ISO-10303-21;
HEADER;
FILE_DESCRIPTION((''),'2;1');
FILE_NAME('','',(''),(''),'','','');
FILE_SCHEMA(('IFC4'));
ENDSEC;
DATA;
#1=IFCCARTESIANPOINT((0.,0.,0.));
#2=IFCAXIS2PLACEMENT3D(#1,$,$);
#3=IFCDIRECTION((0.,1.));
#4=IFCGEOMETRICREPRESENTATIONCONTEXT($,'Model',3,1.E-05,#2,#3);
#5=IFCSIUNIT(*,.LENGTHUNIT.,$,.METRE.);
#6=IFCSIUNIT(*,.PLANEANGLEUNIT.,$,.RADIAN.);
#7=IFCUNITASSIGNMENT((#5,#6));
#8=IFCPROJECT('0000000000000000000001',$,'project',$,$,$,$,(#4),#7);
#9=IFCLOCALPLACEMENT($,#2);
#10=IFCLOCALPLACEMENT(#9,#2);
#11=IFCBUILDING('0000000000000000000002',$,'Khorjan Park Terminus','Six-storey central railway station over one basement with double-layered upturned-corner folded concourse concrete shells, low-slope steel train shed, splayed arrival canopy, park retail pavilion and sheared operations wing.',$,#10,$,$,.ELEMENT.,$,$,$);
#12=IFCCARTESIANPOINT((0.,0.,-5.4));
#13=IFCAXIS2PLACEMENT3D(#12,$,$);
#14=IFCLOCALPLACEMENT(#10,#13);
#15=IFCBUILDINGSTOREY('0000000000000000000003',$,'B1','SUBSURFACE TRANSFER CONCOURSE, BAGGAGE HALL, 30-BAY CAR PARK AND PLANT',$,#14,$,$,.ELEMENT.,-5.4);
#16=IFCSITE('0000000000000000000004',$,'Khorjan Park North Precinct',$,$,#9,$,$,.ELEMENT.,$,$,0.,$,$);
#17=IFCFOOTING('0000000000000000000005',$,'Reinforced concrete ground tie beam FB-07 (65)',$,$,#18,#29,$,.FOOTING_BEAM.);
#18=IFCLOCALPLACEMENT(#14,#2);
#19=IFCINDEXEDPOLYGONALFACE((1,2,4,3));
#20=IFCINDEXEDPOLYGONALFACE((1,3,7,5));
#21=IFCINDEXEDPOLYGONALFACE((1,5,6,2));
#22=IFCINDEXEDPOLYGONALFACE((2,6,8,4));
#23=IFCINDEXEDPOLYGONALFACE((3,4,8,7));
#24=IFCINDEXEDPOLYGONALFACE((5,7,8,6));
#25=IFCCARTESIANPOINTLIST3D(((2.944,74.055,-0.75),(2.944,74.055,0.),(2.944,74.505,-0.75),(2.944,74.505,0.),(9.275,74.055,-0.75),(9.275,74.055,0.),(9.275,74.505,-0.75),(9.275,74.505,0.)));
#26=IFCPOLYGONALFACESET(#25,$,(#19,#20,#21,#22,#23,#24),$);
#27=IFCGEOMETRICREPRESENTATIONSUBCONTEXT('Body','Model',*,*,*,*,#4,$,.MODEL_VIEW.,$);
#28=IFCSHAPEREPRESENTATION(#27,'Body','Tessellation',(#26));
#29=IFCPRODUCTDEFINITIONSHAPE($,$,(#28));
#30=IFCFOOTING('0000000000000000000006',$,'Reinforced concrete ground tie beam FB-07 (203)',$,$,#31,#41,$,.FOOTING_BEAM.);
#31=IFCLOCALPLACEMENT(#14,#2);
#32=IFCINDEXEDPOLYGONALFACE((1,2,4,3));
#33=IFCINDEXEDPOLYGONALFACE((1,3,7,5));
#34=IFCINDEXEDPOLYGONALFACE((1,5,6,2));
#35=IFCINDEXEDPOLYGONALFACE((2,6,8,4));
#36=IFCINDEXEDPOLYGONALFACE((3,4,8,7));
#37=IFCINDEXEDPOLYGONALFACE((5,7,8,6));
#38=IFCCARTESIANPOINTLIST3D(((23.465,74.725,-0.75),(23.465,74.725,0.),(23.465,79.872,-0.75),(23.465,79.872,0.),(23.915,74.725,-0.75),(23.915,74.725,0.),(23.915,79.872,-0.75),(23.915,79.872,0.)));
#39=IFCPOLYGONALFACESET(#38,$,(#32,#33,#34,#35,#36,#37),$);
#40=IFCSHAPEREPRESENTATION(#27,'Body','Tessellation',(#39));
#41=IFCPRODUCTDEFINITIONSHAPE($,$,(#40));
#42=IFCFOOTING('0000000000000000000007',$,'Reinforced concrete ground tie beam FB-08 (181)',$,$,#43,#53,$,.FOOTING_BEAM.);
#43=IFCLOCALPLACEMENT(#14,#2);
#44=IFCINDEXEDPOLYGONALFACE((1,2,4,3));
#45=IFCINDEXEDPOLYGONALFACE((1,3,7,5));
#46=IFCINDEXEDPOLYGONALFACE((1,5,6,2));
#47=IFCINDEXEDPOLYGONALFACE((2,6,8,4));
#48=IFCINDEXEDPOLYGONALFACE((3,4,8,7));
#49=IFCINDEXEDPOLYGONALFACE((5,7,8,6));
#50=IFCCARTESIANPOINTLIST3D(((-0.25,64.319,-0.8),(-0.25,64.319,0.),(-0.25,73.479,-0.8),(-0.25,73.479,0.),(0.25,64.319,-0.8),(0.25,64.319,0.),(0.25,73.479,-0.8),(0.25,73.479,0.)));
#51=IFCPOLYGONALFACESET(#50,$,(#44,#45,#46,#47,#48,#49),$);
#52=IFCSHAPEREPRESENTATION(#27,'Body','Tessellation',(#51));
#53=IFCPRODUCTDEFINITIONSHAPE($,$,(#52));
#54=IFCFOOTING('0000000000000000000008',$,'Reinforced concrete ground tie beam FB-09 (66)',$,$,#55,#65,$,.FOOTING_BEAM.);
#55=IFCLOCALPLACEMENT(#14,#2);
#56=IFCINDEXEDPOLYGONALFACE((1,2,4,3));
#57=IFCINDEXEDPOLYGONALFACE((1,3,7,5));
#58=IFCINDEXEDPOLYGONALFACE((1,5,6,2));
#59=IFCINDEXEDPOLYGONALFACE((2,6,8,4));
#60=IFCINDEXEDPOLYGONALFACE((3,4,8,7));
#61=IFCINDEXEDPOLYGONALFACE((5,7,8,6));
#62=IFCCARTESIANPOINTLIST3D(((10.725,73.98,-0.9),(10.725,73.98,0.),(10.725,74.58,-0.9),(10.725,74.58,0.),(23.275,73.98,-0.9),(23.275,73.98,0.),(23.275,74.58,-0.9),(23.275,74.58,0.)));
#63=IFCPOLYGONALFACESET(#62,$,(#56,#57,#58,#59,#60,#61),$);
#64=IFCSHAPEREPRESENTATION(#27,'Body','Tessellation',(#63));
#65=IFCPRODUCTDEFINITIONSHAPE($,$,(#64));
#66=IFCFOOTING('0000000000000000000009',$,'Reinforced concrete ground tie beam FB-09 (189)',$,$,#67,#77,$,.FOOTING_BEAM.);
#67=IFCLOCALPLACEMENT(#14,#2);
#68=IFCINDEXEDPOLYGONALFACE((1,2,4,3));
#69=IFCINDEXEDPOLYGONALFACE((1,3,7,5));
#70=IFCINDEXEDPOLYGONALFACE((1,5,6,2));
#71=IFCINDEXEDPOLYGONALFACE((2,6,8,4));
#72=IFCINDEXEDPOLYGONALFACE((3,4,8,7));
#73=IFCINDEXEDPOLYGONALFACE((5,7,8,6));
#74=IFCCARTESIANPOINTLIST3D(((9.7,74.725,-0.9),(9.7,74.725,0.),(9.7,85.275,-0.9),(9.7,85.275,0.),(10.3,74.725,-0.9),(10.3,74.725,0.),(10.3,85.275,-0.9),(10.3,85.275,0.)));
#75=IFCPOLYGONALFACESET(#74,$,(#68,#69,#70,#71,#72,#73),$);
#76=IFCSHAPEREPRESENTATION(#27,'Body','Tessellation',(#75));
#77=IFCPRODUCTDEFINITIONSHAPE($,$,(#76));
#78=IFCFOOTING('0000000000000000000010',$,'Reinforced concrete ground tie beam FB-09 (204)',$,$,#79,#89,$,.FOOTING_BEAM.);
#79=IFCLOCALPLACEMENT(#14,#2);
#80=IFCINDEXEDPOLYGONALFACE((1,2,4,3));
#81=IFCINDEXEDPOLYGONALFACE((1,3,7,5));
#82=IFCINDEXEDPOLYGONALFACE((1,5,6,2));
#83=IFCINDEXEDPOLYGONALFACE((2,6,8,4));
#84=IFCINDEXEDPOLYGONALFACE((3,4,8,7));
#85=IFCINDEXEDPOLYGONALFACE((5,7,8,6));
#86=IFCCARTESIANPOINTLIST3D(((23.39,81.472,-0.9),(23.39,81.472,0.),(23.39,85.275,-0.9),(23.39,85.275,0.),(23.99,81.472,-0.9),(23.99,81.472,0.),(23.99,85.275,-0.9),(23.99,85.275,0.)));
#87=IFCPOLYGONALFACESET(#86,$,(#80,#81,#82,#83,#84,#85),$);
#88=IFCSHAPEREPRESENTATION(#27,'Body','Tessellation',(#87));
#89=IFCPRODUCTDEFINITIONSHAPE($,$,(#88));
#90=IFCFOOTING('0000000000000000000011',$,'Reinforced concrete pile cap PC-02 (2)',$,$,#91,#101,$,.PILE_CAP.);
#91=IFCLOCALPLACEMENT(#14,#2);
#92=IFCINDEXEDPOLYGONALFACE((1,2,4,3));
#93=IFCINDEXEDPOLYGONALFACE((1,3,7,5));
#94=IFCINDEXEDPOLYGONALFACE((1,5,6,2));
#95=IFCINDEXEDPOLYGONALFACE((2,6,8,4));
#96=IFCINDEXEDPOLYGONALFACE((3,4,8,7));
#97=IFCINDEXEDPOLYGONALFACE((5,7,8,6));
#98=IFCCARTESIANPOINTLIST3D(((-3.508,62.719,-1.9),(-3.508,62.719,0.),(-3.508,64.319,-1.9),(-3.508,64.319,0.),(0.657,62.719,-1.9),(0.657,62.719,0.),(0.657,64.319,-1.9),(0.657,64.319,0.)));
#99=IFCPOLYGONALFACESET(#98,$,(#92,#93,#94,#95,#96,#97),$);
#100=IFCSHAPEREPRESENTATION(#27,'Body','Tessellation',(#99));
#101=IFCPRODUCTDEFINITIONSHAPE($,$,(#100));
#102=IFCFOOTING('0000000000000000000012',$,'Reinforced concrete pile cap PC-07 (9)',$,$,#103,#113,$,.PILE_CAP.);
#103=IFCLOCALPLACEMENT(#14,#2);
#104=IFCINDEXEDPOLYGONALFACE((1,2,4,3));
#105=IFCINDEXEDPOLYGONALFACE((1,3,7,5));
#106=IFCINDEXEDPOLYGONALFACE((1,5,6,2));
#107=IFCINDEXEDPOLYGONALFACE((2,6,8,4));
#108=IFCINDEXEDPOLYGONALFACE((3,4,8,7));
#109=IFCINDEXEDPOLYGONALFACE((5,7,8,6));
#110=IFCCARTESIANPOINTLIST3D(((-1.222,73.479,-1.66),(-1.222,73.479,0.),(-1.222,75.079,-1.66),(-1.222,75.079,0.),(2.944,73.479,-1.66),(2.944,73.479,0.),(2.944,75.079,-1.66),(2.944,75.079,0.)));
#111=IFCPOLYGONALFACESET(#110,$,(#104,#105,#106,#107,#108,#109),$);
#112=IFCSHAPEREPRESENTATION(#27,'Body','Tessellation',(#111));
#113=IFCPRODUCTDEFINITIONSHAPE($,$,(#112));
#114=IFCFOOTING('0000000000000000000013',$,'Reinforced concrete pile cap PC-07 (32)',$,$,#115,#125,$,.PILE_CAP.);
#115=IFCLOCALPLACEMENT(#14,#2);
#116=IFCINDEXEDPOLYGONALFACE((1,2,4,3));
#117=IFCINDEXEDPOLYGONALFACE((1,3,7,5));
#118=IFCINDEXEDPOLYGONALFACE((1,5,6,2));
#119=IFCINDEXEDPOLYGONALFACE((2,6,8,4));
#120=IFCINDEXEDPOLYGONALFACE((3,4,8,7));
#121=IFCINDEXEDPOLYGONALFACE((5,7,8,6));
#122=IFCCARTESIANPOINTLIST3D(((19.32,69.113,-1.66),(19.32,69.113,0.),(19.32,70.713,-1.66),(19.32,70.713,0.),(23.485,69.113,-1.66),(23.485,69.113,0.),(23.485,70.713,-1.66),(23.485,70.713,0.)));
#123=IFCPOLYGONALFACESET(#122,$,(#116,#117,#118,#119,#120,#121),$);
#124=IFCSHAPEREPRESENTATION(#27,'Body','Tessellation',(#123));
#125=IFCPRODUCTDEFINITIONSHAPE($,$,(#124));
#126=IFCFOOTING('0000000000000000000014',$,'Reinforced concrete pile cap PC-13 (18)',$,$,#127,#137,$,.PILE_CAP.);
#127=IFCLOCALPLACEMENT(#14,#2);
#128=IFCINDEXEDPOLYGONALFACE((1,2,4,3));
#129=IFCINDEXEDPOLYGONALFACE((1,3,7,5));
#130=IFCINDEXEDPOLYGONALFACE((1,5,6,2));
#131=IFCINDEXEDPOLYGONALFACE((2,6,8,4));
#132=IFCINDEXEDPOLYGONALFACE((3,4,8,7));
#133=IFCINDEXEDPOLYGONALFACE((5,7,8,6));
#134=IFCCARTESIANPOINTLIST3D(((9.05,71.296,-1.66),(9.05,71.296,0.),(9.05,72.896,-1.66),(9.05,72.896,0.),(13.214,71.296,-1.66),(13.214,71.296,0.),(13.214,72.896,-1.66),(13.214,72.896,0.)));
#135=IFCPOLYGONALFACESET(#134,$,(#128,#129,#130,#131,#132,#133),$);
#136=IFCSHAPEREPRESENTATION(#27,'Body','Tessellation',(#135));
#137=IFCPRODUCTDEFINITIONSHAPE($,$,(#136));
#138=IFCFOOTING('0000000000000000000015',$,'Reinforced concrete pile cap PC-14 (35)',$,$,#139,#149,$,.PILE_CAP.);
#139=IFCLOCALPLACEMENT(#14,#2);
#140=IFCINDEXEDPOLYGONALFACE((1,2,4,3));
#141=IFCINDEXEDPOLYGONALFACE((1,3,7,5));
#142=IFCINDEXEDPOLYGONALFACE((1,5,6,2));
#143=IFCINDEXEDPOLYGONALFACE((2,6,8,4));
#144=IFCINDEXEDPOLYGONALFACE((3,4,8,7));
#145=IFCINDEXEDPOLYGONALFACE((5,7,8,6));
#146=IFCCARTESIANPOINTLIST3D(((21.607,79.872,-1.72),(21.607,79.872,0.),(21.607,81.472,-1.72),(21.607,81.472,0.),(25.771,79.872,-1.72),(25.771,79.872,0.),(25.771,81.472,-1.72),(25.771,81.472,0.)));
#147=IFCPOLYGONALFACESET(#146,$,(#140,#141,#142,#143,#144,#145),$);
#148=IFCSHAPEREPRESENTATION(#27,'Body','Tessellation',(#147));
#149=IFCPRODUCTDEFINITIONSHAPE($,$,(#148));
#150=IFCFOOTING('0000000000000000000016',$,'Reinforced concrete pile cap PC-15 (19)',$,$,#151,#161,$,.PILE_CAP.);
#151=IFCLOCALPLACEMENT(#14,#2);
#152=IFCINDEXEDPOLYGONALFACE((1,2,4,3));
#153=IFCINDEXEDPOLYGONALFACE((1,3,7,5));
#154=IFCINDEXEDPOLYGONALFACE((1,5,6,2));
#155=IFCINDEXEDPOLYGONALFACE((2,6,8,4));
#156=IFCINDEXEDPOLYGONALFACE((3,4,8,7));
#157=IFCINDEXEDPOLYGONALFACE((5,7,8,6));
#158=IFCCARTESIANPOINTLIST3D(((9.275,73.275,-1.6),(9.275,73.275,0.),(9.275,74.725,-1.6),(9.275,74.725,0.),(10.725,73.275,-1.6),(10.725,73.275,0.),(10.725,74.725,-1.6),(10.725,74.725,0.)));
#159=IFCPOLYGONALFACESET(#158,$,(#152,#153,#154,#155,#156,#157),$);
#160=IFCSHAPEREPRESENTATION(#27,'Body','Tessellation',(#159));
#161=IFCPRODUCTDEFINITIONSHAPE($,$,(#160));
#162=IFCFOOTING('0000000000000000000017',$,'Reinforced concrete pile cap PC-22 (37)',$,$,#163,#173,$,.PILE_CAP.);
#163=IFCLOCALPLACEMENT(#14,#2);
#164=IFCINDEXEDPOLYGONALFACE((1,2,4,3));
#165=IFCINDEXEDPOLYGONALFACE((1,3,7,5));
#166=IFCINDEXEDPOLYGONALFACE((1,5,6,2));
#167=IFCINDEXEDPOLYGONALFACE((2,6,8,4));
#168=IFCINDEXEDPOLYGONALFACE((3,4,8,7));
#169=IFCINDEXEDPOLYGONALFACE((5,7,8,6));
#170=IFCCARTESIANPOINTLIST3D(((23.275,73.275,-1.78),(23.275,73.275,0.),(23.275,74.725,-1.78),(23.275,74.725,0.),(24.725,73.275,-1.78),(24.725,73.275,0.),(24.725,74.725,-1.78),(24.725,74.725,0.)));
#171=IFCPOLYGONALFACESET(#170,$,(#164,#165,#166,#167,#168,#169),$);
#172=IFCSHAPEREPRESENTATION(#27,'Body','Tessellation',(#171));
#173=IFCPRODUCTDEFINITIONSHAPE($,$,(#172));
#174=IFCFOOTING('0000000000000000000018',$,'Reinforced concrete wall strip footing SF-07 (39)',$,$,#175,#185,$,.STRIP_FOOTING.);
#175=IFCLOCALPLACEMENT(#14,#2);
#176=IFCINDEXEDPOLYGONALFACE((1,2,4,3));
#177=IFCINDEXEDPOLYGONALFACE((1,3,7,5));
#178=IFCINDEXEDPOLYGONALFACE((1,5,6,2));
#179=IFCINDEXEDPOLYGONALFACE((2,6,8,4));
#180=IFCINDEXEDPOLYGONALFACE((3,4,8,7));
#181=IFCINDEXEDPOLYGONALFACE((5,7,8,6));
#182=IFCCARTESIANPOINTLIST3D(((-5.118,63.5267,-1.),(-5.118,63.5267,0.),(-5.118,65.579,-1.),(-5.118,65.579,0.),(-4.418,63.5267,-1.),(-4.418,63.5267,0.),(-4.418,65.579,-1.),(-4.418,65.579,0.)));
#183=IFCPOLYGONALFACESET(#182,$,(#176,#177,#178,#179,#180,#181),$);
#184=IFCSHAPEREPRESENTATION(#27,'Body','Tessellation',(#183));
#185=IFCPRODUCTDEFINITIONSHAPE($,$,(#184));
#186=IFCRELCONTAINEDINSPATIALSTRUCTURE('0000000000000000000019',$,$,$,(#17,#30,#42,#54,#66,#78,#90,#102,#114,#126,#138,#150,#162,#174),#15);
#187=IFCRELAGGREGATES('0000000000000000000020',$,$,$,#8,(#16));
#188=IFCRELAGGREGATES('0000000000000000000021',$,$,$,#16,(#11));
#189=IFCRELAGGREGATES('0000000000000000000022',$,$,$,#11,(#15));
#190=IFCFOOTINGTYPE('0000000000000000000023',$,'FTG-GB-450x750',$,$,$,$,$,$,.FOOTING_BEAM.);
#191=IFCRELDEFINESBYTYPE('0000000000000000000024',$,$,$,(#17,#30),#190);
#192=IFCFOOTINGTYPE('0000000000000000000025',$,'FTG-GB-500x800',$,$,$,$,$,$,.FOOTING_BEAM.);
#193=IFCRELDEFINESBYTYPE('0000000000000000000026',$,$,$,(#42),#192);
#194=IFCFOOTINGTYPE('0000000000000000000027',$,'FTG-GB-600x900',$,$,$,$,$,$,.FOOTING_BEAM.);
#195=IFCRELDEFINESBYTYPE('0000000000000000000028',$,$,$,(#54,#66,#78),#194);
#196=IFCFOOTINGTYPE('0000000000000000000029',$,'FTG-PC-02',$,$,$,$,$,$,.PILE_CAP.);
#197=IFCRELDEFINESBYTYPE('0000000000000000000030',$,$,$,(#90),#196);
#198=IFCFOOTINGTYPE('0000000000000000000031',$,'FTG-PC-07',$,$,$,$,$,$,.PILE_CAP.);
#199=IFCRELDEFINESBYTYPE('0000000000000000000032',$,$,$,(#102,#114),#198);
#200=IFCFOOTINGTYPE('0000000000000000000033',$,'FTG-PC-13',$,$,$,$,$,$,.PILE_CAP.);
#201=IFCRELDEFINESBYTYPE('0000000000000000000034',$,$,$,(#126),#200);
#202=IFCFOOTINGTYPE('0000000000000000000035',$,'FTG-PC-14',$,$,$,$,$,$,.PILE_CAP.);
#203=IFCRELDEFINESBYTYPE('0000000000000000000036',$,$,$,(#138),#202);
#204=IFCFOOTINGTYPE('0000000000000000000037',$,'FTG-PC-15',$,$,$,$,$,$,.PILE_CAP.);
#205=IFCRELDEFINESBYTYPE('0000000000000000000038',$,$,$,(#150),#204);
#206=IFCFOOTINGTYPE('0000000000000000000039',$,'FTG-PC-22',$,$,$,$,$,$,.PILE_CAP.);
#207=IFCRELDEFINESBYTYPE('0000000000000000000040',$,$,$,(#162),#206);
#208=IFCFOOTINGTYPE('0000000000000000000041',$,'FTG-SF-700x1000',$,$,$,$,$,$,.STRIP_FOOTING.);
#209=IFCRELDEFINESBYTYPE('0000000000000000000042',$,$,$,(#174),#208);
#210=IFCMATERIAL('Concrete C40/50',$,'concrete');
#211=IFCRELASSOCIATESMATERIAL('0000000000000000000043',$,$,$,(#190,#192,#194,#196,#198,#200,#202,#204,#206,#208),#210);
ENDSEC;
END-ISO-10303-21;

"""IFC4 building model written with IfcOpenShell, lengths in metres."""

from ifc_helpers import new_model, si_unit, direction, frame, origin, origin_2d, place, context, subcontext, project, spatial, rectangle, extrude, material, material_profile, profile_set, type_object, element, save


model = new_model("IFC4")

# Units and contexts
model_context = context("Model", 3, precision=1e-05, world=origin(), true_north=direction((0.0, 1.0)))
body_context = subcontext(model_context, "Body", "Model", "MODEL_VIEW")
ifc_project = project(units=[si_unit("LENGTHUNIT", "METRE"), si_unit("PLANEANGLEUNIT", "RADIAN")], contexts=[model_context])

# Site, building, storey
site_placement = place(None, origin())
site = spatial("IfcSite", under=ifc_project, at=site_placement, Name="Khorjan Park North Precinct", CompositionType="ELEMENT", RefElevation=0.0)
building_placement = place(site_placement, origin())
building = spatial("IfcBuilding", under=site, at=building_placement, Name="Khorjan Park Terminus", Description="Six-storey central railway station over one basement with double-layered upturned-corner folded concourse concrete shells, low-slope steel train shed, splayed arrival canopy, park retail pavilion and sheared operations wing.", CompositionType="ELEMENT")
storey_placement = place(building_placement, frame((0.0, 0.0, -5.4)))
storey = spatial("IfcBuildingStorey", under=building, at=storey_placement, Name="B1", Description="SUBSURFACE TRANSFER CONCOURSE, BAGGAGE HALL, 30-BAY CAR PARK AND PLANT", CompositionType="ELEMENT", Elevation=-5.4)

# Footings
ifc_material_1 = material(Name="Concrete C40/50", Category="concrete")
ifc_material_profile_1 = material_profile(ifc_material_1, rectangle(XDim=0.45, YDim=0.75, at=origin_2d()), Name="RC 450x750")
ifc_profile_set_1 = profile_set([ifc_material_profile_1], Name="Concrete C40/50")
footing_type_1 = type_object("IfcFootingType", Name="FTG-GB-450x750", PredefinedType="FOOTING_BEAM", material=ifc_profile_set_1)
footing_1_placement = place(storey_placement, frame((2.944, 74.28, -0.375), z_axis=(1.0, 0.0, 0.0), x_axis=(0.0, 1.0, 0.0)))
element("IfcFooting", 1, at=footing_1_placement, inside=storey, type_object=footing_type_1, Name="Reinforced concrete ground tie beam FB-07 (65)", PredefinedType="FOOTING_BEAM", context=body_context, shape_type="SweptSolid", body=[
    extrude(rectangle(XDim=0.45, YDim=0.75, at=origin_2d()), origin(), (0.0, 0.0, 1.0), 6.331),
])
footing_2_placement = place(storey_placement, frame((23.69, 74.725, -0.375), z_axis=(0.0, 1.0, 0.0), x_axis=(-1.0, 0.0, 0.0)))
element("IfcFooting", 2, at=footing_2_placement, inside=storey, type_object=footing_type_1, Name="Reinforced concrete ground tie beam FB-07 (203)", PredefinedType="FOOTING_BEAM", context=body_context, shape_type="SweptSolid", body=[
    extrude(rectangle(XDim=0.45, YDim=0.75, at=origin_2d()), origin(), (0.0, 0.0, 1.0), 5.147),
])
ifc_material_profile_2 = material_profile(ifc_material_1, rectangle(XDim=0.5, YDim=0.8, at=origin_2d()), Name="RC 500x800")
ifc_profile_set_2 = profile_set([ifc_material_profile_2], Name="Concrete C40/50")
footing_type_2 = type_object("IfcFootingType", Name="FTG-GB-500x800", PredefinedType="FOOTING_BEAM", material=ifc_profile_set_2)
footing_3_placement = place(storey_placement, frame((0.0, 64.319, -0.4), z_axis=(0.0, 1.0, 0.0), x_axis=(-1.0, 0.0, 0.0)))
element("IfcFooting", 3, at=footing_3_placement, inside=storey, type_object=footing_type_2, Name="Reinforced concrete ground tie beam FB-08 (181)", PredefinedType="FOOTING_BEAM", context=body_context, shape_type="SweptSolid", body=[
    extrude(rectangle(XDim=0.5, YDim=0.8, at=origin_2d()), origin(), (0.0, 0.0, 1.0), 9.16),
])
ifc_material_profile_3 = material_profile(ifc_material_1, rectangle(XDim=0.6, YDim=0.9, at=origin_2d()), Name="RC 600x900")
ifc_profile_set_3 = profile_set([ifc_material_profile_3], Name="Concrete C40/50")
footing_type_3 = type_object("IfcFootingType", Name="FTG-GB-600x900", PredefinedType="FOOTING_BEAM", material=ifc_profile_set_3)
footing_4_placement = place(storey_placement, frame((10.725, 74.28, -0.45), z_axis=(1.0, 0.0, 0.0), x_axis=(0.0, 1.0, 0.0)))
element("IfcFooting", 4, at=footing_4_placement, inside=storey, type_object=footing_type_3, Name="Reinforced concrete ground tie beam FB-09 (66)", PredefinedType="FOOTING_BEAM", context=body_context, shape_type="SweptSolid", body=[
    extrude(rectangle(XDim=0.6, YDim=0.9, at=origin_2d()), origin(), (0.0, 0.0, 1.0), 12.55),
])
footing_5_placement = place(storey_placement, frame((10.0, 74.725, -0.45), z_axis=(0.0, 1.0, 0.0), x_axis=(-1.0, 0.0, 0.0)))
element("IfcFooting", 5, at=footing_5_placement, inside=storey, type_object=footing_type_3, Name="Reinforced concrete ground tie beam FB-09 (189)", PredefinedType="FOOTING_BEAM", context=body_context, shape_type="SweptSolid", body=[
    extrude(rectangle(XDim=0.6, YDim=0.9, at=origin_2d()), origin(), (0.0, 0.0, 1.0), 10.55),
])
footing_6_placement = place(storey_placement, frame((23.69, 81.472, -0.45), z_axis=(0.0, 1.0, 0.0), x_axis=(-1.0, 0.0, 0.0)))
element("IfcFooting", 6, at=footing_6_placement, inside=storey, type_object=footing_type_3, Name="Reinforced concrete ground tie beam FB-09 (204)", PredefinedType="FOOTING_BEAM", context=body_context, shape_type="SweptSolid", body=[
    extrude(rectangle(XDim=0.6, YDim=0.9, at=origin_2d()), origin(), (0.0, 0.0, 1.0), 3.803),
])
footing_type_4 = type_object("IfcFootingType", Name="FTG-PC-02", PredefinedType="PILE_CAP", material=ifc_material_1)
footing_7_placement = place(storey_placement, frame((-1.4255, 63.519, -1.9), z_axis=(0.0, 0.0, 1.0), x_axis=(1.0, 0.0, 0.0)))
element("IfcFooting", 7, at=footing_7_placement, inside=storey, type_object=footing_type_4, Name="Reinforced concrete pile cap PC-02 (2)", PredefinedType="PILE_CAP", context=body_context, shape_type="SweptSolid", body=[
    extrude(rectangle(XDim=4.165, YDim=1.6, at=origin_2d()), origin(), (0.0, 0.0, 1.0), 1.9),
])
footing_type_5 = type_object("IfcFootingType", Name="FTG-PC-07", PredefinedType="PILE_CAP", material=ifc_material_1)
footing_8_placement = place(storey_placement, frame((0.861, 74.279, -1.66), z_axis=(0.0, 0.0, 1.0), x_axis=(1.0, 0.0, 0.0)))
element("IfcFooting", 8, at=footing_8_placement, inside=storey, type_object=footing_type_5, Name="Reinforced concrete pile cap PC-07 (9)", PredefinedType="PILE_CAP", context=body_context, shape_type="SweptSolid", body=[
    extrude(rectangle(XDim=4.166, YDim=1.6, at=origin_2d()), origin(), (0.0, 0.0, 1.0), 1.66),
])
footing_9_placement = place(storey_placement, frame((21.4025, 69.913, -1.66), z_axis=(0.0, 0.0, 1.0), x_axis=(1.0, 0.0, 0.0)))
element("IfcFooting", 9, at=footing_9_placement, inside=storey, type_object=footing_type_5, Name="Reinforced concrete pile cap PC-07 (32)", PredefinedType="PILE_CAP", context=body_context, shape_type="SweptSolid", body=[
    extrude(rectangle(XDim=4.165, YDim=1.6, at=origin_2d()), origin(), (0.0, 0.0, 1.0), 1.66),
])
footing_type_6 = type_object("IfcFootingType", Name="FTG-PC-13", PredefinedType="PILE_CAP", material=ifc_material_1)
footing_10_placement = place(storey_placement, frame((11.132, 72.096, -1.66), z_axis=(0.0, 0.0, 1.0), x_axis=(1.0, 0.0, 0.0)))
element("IfcFooting", 10, at=footing_10_placement, inside=storey, type_object=footing_type_6, Name="Reinforced concrete pile cap PC-13 (18)", PredefinedType="PILE_CAP", context=body_context, shape_type="SweptSolid", body=[
    extrude(rectangle(XDim=4.164, YDim=1.6, at=origin_2d()), origin(), (0.0, 0.0, 1.0), 1.66),
])
footing_type_7 = type_object("IfcFootingType", Name="FTG-PC-14", PredefinedType="PILE_CAP", material=ifc_material_1)
footing_11_placement = place(storey_placement, frame((23.689, 80.672, -1.72), z_axis=(0.0, 0.0, 1.0), x_axis=(1.0, 0.0, 0.0)))
element("IfcFooting", 11, at=footing_11_placement, inside=storey, type_object=footing_type_7, Name="Reinforced concrete pile cap PC-14 (35)", PredefinedType="PILE_CAP", context=body_context, shape_type="SweptSolid", body=[
    extrude(rectangle(XDim=4.164, YDim=1.6, at=origin_2d()), origin(), (0.0, 0.0, 1.0), 1.72),
])
footing_type_8 = type_object("IfcFootingType", Name="FTG-PC-15", PredefinedType="PILE_CAP", material=ifc_material_1)
footing_12_placement = place(storey_placement, frame((10.0, 74.0, -1.6), z_axis=(0.0, 0.0, 1.0), x_axis=(1.0, 0.0, 0.0)))
element("IfcFooting", 12, at=footing_12_placement, inside=storey, type_object=footing_type_8, Name="Reinforced concrete pile cap PC-15 (19)", PredefinedType="PILE_CAP", context=body_context, shape_type="SweptSolid", body=[
    extrude(rectangle(XDim=1.45, YDim=1.45, at=origin_2d()), origin(), (0.0, 0.0, 1.0), 1.6),
])
footing_type_9 = type_object("IfcFootingType", Name="FTG-PC-22", PredefinedType="PILE_CAP", material=ifc_material_1)
footing_13_placement = place(storey_placement, frame((24.0, 74.0, -1.78), z_axis=(0.0, 0.0, 1.0), x_axis=(1.0, 0.0, 0.0)))
element("IfcFooting", 13, at=footing_13_placement, inside=storey, type_object=footing_type_9, Name="Reinforced concrete pile cap PC-22 (37)", PredefinedType="PILE_CAP", context=body_context, shape_type="SweptSolid", body=[
    extrude(rectangle(XDim=1.45, YDim=1.45, at=origin_2d()), origin(), (0.0, 0.0, 1.0), 1.78),
])
ifc_material_profile_4 = material_profile(ifc_material_1, rectangle(XDim=0.7, YDim=1.0, at=origin_2d()), Name="RC 700x1000")
ifc_profile_set_4 = profile_set([ifc_material_profile_4], Name="Concrete C40/50")
footing_type_10 = type_object("IfcFootingType", Name="FTG-SF-700x1000", PredefinedType="STRIP_FOOTING", material=ifc_profile_set_4)
footing_14_placement = place(storey_placement, frame((-4.768, 63.5267, -0.5), z_axis=(0.0, 1.0, 0.0), x_axis=(-1.0, 0.0, 0.0)))
element("IfcFooting", 14, at=footing_14_placement, inside=storey, type_object=footing_type_10, Name="Reinforced concrete wall strip footing SF-07 (39)", PredefinedType="STRIP_FOOTING", context=body_context, shape_type="SweptSolid", body=[
    extrude(rectangle(XDim=0.7, YDim=1.0, at=origin_2d()), origin(), (0.0, 0.0, 1.0), 2.0523),
])

save(model, "model.ifc")
